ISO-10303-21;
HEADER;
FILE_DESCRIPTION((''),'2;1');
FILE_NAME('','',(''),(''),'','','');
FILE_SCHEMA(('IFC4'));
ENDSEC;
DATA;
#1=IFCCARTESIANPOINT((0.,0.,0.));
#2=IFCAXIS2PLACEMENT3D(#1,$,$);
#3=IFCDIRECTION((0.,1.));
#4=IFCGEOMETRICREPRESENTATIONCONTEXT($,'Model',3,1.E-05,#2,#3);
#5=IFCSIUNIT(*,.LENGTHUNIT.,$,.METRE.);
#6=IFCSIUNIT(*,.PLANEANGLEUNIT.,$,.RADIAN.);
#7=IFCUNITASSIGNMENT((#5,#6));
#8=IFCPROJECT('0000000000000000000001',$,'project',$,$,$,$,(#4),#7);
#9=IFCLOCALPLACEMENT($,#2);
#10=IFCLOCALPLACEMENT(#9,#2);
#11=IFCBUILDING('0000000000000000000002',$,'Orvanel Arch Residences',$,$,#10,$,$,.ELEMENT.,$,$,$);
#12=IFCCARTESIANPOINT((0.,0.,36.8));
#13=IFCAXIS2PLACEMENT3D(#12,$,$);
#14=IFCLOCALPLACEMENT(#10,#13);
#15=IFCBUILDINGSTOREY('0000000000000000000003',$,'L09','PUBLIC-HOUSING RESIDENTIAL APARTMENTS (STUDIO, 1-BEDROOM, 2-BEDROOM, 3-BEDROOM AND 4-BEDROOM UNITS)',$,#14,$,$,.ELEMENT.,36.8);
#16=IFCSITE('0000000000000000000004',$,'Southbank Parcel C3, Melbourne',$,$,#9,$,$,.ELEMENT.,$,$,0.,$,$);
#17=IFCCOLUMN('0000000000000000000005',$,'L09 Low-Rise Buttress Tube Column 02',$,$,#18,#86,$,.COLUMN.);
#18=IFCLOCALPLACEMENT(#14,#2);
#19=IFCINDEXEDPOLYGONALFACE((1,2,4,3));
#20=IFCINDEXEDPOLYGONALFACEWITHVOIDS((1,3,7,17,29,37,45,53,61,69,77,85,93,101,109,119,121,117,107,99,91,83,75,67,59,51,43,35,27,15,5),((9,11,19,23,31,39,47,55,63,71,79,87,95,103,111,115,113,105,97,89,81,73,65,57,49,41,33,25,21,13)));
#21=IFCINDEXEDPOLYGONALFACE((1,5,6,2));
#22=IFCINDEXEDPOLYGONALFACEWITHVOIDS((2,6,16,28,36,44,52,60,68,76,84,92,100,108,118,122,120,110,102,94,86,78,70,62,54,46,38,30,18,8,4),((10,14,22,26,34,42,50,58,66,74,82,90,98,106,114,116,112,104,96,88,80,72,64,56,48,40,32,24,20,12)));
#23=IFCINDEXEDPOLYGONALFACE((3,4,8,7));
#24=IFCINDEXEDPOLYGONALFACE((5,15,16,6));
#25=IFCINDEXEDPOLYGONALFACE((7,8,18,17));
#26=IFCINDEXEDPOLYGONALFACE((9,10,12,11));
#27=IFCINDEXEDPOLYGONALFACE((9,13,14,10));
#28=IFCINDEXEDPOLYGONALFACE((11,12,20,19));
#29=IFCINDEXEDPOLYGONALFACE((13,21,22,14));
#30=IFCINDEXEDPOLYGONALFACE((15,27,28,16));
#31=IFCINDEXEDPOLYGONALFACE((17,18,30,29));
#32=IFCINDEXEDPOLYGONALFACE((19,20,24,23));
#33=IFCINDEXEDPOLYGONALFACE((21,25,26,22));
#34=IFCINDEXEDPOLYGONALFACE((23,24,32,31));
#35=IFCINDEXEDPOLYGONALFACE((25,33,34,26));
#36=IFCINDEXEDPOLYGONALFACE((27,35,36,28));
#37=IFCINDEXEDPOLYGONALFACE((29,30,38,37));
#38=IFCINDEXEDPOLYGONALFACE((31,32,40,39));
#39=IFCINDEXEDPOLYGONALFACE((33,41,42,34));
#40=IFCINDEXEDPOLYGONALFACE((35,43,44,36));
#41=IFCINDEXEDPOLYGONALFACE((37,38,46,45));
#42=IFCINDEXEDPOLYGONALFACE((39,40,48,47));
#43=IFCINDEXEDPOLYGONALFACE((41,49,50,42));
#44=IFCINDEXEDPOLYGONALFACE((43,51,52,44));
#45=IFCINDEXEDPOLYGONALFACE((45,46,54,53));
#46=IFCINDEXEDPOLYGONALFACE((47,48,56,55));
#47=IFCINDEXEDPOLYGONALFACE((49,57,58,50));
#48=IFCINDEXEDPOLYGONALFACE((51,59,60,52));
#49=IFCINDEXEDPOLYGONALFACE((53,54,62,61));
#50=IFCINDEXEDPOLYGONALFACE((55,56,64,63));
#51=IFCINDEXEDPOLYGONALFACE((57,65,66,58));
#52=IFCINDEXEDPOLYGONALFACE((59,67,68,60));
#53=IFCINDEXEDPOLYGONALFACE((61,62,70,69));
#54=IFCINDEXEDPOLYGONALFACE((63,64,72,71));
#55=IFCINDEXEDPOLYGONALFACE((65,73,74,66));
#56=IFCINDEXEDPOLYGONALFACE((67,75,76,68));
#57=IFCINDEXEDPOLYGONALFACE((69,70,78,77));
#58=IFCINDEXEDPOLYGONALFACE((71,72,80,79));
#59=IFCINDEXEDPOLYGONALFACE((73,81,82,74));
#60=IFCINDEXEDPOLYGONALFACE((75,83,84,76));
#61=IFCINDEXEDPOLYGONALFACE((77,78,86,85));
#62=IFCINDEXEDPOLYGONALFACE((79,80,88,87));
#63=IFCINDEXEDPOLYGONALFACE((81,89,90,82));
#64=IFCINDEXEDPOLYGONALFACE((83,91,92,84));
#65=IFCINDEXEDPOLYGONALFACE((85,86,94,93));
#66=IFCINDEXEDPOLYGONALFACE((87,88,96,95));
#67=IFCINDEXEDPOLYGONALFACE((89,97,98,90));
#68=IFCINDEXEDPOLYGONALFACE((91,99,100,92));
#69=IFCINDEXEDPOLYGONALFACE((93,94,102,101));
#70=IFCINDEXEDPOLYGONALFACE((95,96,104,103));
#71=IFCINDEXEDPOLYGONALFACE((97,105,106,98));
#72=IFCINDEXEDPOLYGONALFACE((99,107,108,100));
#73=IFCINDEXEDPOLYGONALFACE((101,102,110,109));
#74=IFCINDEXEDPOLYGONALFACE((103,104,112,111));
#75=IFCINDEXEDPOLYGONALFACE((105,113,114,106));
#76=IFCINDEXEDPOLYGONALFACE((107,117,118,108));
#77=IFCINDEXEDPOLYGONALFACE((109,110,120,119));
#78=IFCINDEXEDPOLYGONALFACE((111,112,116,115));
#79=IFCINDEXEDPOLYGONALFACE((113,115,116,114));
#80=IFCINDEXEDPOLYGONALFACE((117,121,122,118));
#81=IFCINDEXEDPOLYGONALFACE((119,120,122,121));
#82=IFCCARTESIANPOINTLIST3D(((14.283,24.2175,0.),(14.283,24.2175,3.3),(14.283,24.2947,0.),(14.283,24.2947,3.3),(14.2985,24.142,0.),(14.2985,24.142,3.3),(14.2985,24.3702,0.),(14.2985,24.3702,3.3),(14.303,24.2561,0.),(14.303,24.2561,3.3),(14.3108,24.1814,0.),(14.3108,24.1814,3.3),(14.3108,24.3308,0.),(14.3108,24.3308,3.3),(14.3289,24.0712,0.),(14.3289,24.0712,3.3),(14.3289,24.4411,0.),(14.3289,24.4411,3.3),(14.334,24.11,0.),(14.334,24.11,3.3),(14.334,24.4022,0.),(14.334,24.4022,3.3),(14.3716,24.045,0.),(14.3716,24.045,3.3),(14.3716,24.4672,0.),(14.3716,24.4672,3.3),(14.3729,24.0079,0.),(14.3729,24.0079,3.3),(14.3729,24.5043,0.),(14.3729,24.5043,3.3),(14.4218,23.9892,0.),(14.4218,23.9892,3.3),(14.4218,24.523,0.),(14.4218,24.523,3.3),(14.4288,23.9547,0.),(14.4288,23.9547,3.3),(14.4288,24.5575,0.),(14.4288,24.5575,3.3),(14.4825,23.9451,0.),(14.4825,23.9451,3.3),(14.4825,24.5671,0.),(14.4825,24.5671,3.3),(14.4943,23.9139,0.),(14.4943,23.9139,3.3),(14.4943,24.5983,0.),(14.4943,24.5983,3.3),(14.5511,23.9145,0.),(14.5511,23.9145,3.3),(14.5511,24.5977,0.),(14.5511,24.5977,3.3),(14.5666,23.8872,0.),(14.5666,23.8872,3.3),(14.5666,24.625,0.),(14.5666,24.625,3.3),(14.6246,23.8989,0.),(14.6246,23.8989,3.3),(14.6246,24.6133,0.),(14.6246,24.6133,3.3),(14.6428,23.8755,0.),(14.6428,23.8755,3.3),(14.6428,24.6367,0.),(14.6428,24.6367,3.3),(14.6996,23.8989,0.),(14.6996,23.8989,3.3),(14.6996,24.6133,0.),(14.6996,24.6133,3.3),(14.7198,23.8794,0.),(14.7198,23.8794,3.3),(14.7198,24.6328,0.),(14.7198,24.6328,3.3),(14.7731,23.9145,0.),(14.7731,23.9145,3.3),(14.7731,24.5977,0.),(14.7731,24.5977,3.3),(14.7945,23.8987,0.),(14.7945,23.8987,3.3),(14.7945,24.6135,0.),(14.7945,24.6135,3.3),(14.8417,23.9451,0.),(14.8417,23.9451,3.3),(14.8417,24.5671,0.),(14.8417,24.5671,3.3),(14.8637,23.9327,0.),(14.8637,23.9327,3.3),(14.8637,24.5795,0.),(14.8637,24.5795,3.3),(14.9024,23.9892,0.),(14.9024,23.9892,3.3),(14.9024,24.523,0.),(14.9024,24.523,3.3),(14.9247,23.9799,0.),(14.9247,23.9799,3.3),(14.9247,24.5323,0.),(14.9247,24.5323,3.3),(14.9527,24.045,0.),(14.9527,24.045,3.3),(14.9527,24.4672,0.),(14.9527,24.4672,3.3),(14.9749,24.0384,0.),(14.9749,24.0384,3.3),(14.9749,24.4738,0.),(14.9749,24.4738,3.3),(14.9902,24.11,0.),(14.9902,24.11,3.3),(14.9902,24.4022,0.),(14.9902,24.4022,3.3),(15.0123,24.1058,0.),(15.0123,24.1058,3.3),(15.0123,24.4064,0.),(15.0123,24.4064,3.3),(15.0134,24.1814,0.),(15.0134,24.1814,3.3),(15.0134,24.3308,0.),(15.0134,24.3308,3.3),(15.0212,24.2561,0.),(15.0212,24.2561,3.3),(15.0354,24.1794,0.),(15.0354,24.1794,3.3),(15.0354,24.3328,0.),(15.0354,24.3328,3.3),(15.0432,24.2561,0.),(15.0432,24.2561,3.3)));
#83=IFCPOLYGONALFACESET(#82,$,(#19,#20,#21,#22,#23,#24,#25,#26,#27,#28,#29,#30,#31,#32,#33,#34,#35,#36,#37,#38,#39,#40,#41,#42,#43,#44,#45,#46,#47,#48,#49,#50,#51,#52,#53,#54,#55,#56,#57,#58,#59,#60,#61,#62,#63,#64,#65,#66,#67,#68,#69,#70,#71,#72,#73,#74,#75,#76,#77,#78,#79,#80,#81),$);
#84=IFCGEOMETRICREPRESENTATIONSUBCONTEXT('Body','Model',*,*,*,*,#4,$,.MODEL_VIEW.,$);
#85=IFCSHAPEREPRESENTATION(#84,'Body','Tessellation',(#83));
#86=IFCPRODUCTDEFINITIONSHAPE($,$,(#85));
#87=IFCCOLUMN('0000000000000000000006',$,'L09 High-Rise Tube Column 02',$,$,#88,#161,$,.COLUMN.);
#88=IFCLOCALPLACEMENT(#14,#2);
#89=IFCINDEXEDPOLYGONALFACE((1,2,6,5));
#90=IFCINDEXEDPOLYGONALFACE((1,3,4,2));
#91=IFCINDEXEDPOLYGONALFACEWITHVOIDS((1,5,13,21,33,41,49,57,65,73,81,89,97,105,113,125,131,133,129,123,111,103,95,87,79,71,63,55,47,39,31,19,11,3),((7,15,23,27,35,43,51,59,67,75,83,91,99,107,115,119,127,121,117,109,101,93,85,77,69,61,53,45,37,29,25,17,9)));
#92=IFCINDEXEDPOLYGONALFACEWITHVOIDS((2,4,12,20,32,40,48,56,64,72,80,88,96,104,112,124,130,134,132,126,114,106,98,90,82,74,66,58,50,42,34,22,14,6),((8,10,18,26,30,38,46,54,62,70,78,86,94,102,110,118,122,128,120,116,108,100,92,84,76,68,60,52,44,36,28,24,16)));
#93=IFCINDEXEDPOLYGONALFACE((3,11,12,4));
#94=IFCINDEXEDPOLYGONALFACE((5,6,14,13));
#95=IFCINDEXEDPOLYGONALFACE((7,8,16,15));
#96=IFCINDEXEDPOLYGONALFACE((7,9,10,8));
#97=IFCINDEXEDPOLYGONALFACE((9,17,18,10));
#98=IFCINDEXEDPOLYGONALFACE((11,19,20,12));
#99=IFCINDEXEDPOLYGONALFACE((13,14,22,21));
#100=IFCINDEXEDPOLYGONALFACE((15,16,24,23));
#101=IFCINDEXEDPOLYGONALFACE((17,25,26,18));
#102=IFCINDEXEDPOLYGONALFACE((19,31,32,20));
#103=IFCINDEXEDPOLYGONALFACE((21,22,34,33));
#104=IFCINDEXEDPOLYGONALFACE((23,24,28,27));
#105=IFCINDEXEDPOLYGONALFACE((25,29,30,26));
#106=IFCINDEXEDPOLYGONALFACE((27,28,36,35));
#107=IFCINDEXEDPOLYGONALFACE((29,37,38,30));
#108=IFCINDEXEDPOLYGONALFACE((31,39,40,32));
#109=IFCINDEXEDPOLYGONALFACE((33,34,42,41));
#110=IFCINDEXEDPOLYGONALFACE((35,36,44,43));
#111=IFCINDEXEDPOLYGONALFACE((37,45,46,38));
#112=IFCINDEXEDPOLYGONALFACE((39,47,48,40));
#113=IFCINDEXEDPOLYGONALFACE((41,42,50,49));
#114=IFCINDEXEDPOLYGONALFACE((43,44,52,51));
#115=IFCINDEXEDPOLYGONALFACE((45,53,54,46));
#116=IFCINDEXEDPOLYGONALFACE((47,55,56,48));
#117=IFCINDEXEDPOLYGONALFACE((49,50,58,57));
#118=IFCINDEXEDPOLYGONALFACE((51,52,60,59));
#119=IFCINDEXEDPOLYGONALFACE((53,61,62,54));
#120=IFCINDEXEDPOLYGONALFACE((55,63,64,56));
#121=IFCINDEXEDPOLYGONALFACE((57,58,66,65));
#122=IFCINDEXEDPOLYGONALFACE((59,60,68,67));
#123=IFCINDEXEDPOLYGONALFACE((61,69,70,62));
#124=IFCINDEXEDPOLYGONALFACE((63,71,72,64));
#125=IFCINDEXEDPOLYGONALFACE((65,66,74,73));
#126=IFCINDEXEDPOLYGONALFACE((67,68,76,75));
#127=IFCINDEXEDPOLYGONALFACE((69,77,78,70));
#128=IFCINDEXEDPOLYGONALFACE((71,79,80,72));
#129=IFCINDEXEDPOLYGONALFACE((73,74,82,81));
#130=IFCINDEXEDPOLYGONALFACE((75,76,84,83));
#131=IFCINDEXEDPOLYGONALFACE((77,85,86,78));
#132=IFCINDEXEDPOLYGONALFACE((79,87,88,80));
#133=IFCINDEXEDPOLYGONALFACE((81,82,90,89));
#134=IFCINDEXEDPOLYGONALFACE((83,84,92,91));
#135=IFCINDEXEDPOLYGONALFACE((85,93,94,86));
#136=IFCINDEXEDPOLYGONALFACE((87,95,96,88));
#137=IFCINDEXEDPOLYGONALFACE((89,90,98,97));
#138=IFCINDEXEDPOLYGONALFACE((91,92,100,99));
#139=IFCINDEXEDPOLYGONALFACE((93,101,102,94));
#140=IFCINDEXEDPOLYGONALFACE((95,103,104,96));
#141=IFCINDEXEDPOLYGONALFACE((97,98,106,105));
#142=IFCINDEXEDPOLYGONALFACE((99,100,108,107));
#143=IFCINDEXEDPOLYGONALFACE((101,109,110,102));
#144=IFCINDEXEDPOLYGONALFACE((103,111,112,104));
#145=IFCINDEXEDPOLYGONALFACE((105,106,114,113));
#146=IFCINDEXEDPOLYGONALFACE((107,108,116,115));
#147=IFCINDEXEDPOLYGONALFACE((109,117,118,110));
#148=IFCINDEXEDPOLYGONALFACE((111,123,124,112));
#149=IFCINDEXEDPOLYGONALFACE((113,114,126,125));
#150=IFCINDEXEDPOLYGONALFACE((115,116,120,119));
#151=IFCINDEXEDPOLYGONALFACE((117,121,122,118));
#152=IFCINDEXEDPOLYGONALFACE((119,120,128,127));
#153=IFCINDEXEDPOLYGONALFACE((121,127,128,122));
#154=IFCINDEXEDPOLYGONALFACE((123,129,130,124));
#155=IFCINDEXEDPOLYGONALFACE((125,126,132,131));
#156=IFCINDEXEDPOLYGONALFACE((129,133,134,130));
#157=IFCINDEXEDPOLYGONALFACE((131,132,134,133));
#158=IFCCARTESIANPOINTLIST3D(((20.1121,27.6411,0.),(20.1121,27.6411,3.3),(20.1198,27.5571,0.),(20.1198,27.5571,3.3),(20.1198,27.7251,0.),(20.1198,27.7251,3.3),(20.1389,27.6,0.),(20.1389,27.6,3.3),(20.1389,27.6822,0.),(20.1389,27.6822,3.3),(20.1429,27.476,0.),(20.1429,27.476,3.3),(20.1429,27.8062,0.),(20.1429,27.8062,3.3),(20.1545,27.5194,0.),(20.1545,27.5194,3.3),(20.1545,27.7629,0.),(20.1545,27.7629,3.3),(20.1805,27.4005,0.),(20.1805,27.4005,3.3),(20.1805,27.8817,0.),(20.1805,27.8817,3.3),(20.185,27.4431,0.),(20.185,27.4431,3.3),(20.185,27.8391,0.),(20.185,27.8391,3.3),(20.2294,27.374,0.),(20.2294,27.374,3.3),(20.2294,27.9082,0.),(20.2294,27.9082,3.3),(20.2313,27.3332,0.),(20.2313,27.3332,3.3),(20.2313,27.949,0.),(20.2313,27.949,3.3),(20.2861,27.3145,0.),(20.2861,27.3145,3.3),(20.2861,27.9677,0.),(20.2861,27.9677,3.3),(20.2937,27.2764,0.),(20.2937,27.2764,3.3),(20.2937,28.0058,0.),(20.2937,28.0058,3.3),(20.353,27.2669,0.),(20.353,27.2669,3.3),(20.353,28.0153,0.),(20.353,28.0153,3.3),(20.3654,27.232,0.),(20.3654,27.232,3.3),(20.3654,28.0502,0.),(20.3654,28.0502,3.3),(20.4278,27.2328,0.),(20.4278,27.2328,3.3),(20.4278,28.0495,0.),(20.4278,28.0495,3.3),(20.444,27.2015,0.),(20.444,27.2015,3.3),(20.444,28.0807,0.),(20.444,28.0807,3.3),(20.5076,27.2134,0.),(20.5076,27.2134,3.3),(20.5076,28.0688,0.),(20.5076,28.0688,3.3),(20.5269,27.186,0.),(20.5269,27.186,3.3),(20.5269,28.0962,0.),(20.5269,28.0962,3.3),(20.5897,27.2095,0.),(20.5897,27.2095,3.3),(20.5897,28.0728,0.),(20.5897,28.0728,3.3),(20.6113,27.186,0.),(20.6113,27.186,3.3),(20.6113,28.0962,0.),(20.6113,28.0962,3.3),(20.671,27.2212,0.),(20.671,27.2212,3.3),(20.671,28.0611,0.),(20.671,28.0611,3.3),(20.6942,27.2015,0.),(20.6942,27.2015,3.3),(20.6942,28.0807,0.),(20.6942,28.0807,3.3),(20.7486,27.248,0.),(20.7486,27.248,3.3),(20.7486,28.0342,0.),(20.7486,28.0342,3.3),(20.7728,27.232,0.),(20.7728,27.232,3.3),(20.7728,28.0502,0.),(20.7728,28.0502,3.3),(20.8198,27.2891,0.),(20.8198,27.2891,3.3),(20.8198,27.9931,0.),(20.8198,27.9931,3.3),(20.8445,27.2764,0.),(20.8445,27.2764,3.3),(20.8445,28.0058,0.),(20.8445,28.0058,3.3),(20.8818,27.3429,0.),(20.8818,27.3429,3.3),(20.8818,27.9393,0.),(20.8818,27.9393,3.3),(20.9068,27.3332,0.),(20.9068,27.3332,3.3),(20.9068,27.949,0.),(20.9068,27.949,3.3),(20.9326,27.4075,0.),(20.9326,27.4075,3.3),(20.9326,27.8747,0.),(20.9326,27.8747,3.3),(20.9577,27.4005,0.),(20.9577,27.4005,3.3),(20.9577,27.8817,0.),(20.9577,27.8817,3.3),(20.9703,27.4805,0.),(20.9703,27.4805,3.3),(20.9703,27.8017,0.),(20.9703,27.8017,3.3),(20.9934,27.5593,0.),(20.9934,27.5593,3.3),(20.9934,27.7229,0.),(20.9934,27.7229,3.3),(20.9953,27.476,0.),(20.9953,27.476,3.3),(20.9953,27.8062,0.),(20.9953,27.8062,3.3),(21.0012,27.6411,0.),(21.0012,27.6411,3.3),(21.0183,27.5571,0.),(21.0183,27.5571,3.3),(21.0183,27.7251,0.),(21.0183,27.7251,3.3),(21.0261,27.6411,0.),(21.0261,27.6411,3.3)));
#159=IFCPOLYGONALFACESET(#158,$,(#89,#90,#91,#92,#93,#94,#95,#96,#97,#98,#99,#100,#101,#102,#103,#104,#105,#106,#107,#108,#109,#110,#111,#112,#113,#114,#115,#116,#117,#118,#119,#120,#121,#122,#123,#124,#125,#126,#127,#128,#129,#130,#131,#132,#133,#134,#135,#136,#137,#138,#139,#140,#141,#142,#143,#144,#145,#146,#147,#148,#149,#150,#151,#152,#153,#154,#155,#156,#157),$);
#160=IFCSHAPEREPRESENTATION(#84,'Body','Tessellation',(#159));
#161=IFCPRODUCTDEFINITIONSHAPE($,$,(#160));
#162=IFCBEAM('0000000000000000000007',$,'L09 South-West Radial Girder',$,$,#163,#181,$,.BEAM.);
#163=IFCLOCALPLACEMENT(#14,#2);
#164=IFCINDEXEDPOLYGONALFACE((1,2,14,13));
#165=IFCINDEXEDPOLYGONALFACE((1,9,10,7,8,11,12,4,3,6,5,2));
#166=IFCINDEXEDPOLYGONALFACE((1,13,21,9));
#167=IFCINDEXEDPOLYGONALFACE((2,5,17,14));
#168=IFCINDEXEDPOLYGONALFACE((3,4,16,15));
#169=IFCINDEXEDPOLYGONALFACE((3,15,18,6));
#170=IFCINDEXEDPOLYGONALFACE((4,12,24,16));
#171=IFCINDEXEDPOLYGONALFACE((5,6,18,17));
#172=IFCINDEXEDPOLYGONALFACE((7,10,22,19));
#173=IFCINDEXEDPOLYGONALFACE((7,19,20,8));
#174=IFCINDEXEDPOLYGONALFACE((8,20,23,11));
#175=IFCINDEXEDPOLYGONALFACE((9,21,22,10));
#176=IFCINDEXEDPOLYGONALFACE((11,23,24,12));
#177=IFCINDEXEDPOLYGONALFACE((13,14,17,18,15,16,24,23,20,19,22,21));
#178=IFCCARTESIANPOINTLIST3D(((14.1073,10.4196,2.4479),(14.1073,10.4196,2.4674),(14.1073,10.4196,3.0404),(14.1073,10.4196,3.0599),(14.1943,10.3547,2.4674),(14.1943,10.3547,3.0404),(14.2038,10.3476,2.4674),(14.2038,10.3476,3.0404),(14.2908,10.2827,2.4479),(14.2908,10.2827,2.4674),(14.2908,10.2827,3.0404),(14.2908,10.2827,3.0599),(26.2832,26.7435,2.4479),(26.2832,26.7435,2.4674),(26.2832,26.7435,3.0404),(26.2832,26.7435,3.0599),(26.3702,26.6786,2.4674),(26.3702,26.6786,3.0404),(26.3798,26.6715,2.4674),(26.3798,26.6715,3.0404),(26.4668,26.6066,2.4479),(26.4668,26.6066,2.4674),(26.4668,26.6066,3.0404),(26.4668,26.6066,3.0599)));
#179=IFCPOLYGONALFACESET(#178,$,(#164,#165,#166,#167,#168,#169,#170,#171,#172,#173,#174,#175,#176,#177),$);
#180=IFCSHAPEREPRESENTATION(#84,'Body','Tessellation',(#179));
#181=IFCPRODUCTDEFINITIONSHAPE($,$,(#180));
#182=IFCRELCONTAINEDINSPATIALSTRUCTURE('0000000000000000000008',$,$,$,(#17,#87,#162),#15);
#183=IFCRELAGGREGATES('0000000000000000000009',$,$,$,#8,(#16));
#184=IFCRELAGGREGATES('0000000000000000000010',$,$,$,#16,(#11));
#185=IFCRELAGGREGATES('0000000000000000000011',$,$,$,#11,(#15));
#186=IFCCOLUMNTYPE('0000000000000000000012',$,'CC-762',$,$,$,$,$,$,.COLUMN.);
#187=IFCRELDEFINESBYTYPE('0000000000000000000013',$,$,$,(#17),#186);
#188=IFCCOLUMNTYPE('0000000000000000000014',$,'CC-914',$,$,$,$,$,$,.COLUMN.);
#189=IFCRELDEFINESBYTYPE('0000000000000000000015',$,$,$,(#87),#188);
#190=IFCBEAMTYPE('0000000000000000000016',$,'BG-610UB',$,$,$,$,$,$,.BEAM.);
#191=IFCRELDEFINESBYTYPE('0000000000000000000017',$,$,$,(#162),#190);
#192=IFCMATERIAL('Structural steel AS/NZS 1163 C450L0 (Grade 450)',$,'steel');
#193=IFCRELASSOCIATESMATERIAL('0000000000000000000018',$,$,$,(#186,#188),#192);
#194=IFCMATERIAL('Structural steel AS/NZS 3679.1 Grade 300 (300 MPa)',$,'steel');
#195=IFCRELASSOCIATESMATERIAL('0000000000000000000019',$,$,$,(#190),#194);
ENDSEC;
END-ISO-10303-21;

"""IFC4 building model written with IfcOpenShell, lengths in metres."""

from ifc_helpers import new_model, si_unit, direction, frame, origin, origin_2d, place, context, subcontext, project, spatial, hollow_circle, i_section, extrude, material, material_profile, profile_set, type_object, element, save


model = new_model("IFC4")

# Units and contexts
model_context = context("Model", 3, precision=1e-05, world=origin(), true_north=direction((0.0, 1.0)))
body_context = subcontext(model_context, "Body", "Model", "MODEL_VIEW")
ifc_project = project(units=[si_unit("LENGTHUNIT", "METRE"), si_unit("PLANEANGLEUNIT", "RADIAN")], contexts=[model_context])

# Site, building, storey
site_placement = place(None, origin())
site = spatial("IfcSite", under=ifc_project, at=site_placement, Name="Southbank Parcel C3, Melbourne", CompositionType="ELEMENT", RefElevation=0.0)
building_placement = place(site_placement, origin())
building = spatial("IfcBuilding", under=site, at=building_placement, Name="Orvanel Arch Residences", CompositionType="ELEMENT")
storey_placement = place(building_placement, frame((0.0, 0.0, 36.8)))
storey = spatial("IfcBuildingStorey", under=building, at=storey_placement, Name="L09", Description="PUBLIC-HOUSING RESIDENTIAL APARTMENTS (STUDIO, 1-BEDROOM, 2-BEDROOM, 3-BEDROOM AND 4-BEDROOM UNITS)", CompositionType="ELEMENT", Elevation=36.8)

# Columns
ifc_material_1 = material(Name="Structural steel AS/NZS 1163 C450L0 (Grade 450)", Category="steel")
ifc_material_profile_1 = material_profile(ifc_material_1, hollow_circle(Radius=0.3811, WallThickness=0.022, at=origin_2d()), Name="CHS762x22")
ifc_profile_set_1 = profile_set([ifc_material_profile_1], Name="Structural steel AS/NZS 1163 C450L0 (Grade 450)")
column_type_1 = type_object("IfcColumnType", Name="CC-762", PredefinedType="COLUMN", material=ifc_profile_set_1)
column_1_placement = place(storey_placement, frame((14.6621, 24.2561, 0.0), z_axis=(0.0, 0.0, 1.0), x_axis=(1.0, 0.0, 0.0)))
element("IfcColumn", 1, at=column_1_placement, inside=storey, type_object=column_type_1, Name="L09 Low-Rise Buttress Tube Column 02", PredefinedType="COLUMN", context=body_context, shape_type="SweptSolid", body=[
    extrude(hollow_circle(Radius=0.3811, WallThickness=0.022, at=origin_2d()), origin(), (0.0, 0.0, 1.0), 3.3),
])
ifc_material_profile_2 = material_profile(ifc_material_1, hollow_circle(Radius=0.457, WallThickness=0.0249, at=origin_2d()), Name="CHS914x25")
ifc_profile_set_2 = profile_set([ifc_material_profile_2], Name="Structural steel AS/NZS 1163 C450L0 (Grade 450)")
column_type_2 = type_object("IfcColumnType", Name="CC-914", PredefinedType="COLUMN", material=ifc_profile_set_2)
column_2_placement = place(storey_placement, frame((20.5691, 27.6411, 0.0), z_axis=(0.0, 0.0, 1.0), x_axis=(1.0, 0.0, 0.0)))
element("IfcColumn", 2, at=column_2_placement, inside=storey, type_object=column_type_2, Name="L09 High-Rise Tube Column 02", PredefinedType="COLUMN", context=body_context, shape_type="SweptSolid", body=[
    extrude(hollow_circle(Radius=0.457, WallThickness=0.0249, at=origin_2d()), origin(), (0.0, 0.0, 1.0), 3.3),
])

# Beam
ifc_material_2 = material(Name="Structural steel AS/NZS 3679.1 Grade 300 (300 MPa)", Category="steel")
ifc_material_profile_3 = material_profile(ifc_material_2, i_section(OverallWidth=0.229, OverallDepth=0.6121, WebThickness=0.012, FlangeThickness=0.0195, at=origin_2d()), Name="610UB125")
ifc_profile_set_3 = profile_set([ifc_material_profile_3], Name="Structural steel AS/NZS 3679.1 Grade 300 (300 MPa)")
beam_type_1 = type_object("IfcBeamType", Name="BG-610UB", PredefinedType="BEAM", material=ifc_profile_set_3)
beam_1_placement = place(storey_placement, frame((26.375, 26.675, 2.7539), z_axis=(-0.597894, -0.801575, 0.0), x_axis=(0.801575, -0.597894, 0.0)))
element("IfcBeam", 3, at=beam_1_placement, inside=storey, type_object=beam_type_1, Name="L09 South-West Radial Girder", PredefinedType="BEAM", context=body_context, shape_type="SweptSolid", body=[
    extrude(i_section(OverallWidth=0.229, OverallDepth=0.6121, WebThickness=0.012, FlangeThickness=0.0195, at=origin_2d()), origin(), (0.0, 0.0, 1.0), 20.3647),
])

save(model, "model.ifc")
